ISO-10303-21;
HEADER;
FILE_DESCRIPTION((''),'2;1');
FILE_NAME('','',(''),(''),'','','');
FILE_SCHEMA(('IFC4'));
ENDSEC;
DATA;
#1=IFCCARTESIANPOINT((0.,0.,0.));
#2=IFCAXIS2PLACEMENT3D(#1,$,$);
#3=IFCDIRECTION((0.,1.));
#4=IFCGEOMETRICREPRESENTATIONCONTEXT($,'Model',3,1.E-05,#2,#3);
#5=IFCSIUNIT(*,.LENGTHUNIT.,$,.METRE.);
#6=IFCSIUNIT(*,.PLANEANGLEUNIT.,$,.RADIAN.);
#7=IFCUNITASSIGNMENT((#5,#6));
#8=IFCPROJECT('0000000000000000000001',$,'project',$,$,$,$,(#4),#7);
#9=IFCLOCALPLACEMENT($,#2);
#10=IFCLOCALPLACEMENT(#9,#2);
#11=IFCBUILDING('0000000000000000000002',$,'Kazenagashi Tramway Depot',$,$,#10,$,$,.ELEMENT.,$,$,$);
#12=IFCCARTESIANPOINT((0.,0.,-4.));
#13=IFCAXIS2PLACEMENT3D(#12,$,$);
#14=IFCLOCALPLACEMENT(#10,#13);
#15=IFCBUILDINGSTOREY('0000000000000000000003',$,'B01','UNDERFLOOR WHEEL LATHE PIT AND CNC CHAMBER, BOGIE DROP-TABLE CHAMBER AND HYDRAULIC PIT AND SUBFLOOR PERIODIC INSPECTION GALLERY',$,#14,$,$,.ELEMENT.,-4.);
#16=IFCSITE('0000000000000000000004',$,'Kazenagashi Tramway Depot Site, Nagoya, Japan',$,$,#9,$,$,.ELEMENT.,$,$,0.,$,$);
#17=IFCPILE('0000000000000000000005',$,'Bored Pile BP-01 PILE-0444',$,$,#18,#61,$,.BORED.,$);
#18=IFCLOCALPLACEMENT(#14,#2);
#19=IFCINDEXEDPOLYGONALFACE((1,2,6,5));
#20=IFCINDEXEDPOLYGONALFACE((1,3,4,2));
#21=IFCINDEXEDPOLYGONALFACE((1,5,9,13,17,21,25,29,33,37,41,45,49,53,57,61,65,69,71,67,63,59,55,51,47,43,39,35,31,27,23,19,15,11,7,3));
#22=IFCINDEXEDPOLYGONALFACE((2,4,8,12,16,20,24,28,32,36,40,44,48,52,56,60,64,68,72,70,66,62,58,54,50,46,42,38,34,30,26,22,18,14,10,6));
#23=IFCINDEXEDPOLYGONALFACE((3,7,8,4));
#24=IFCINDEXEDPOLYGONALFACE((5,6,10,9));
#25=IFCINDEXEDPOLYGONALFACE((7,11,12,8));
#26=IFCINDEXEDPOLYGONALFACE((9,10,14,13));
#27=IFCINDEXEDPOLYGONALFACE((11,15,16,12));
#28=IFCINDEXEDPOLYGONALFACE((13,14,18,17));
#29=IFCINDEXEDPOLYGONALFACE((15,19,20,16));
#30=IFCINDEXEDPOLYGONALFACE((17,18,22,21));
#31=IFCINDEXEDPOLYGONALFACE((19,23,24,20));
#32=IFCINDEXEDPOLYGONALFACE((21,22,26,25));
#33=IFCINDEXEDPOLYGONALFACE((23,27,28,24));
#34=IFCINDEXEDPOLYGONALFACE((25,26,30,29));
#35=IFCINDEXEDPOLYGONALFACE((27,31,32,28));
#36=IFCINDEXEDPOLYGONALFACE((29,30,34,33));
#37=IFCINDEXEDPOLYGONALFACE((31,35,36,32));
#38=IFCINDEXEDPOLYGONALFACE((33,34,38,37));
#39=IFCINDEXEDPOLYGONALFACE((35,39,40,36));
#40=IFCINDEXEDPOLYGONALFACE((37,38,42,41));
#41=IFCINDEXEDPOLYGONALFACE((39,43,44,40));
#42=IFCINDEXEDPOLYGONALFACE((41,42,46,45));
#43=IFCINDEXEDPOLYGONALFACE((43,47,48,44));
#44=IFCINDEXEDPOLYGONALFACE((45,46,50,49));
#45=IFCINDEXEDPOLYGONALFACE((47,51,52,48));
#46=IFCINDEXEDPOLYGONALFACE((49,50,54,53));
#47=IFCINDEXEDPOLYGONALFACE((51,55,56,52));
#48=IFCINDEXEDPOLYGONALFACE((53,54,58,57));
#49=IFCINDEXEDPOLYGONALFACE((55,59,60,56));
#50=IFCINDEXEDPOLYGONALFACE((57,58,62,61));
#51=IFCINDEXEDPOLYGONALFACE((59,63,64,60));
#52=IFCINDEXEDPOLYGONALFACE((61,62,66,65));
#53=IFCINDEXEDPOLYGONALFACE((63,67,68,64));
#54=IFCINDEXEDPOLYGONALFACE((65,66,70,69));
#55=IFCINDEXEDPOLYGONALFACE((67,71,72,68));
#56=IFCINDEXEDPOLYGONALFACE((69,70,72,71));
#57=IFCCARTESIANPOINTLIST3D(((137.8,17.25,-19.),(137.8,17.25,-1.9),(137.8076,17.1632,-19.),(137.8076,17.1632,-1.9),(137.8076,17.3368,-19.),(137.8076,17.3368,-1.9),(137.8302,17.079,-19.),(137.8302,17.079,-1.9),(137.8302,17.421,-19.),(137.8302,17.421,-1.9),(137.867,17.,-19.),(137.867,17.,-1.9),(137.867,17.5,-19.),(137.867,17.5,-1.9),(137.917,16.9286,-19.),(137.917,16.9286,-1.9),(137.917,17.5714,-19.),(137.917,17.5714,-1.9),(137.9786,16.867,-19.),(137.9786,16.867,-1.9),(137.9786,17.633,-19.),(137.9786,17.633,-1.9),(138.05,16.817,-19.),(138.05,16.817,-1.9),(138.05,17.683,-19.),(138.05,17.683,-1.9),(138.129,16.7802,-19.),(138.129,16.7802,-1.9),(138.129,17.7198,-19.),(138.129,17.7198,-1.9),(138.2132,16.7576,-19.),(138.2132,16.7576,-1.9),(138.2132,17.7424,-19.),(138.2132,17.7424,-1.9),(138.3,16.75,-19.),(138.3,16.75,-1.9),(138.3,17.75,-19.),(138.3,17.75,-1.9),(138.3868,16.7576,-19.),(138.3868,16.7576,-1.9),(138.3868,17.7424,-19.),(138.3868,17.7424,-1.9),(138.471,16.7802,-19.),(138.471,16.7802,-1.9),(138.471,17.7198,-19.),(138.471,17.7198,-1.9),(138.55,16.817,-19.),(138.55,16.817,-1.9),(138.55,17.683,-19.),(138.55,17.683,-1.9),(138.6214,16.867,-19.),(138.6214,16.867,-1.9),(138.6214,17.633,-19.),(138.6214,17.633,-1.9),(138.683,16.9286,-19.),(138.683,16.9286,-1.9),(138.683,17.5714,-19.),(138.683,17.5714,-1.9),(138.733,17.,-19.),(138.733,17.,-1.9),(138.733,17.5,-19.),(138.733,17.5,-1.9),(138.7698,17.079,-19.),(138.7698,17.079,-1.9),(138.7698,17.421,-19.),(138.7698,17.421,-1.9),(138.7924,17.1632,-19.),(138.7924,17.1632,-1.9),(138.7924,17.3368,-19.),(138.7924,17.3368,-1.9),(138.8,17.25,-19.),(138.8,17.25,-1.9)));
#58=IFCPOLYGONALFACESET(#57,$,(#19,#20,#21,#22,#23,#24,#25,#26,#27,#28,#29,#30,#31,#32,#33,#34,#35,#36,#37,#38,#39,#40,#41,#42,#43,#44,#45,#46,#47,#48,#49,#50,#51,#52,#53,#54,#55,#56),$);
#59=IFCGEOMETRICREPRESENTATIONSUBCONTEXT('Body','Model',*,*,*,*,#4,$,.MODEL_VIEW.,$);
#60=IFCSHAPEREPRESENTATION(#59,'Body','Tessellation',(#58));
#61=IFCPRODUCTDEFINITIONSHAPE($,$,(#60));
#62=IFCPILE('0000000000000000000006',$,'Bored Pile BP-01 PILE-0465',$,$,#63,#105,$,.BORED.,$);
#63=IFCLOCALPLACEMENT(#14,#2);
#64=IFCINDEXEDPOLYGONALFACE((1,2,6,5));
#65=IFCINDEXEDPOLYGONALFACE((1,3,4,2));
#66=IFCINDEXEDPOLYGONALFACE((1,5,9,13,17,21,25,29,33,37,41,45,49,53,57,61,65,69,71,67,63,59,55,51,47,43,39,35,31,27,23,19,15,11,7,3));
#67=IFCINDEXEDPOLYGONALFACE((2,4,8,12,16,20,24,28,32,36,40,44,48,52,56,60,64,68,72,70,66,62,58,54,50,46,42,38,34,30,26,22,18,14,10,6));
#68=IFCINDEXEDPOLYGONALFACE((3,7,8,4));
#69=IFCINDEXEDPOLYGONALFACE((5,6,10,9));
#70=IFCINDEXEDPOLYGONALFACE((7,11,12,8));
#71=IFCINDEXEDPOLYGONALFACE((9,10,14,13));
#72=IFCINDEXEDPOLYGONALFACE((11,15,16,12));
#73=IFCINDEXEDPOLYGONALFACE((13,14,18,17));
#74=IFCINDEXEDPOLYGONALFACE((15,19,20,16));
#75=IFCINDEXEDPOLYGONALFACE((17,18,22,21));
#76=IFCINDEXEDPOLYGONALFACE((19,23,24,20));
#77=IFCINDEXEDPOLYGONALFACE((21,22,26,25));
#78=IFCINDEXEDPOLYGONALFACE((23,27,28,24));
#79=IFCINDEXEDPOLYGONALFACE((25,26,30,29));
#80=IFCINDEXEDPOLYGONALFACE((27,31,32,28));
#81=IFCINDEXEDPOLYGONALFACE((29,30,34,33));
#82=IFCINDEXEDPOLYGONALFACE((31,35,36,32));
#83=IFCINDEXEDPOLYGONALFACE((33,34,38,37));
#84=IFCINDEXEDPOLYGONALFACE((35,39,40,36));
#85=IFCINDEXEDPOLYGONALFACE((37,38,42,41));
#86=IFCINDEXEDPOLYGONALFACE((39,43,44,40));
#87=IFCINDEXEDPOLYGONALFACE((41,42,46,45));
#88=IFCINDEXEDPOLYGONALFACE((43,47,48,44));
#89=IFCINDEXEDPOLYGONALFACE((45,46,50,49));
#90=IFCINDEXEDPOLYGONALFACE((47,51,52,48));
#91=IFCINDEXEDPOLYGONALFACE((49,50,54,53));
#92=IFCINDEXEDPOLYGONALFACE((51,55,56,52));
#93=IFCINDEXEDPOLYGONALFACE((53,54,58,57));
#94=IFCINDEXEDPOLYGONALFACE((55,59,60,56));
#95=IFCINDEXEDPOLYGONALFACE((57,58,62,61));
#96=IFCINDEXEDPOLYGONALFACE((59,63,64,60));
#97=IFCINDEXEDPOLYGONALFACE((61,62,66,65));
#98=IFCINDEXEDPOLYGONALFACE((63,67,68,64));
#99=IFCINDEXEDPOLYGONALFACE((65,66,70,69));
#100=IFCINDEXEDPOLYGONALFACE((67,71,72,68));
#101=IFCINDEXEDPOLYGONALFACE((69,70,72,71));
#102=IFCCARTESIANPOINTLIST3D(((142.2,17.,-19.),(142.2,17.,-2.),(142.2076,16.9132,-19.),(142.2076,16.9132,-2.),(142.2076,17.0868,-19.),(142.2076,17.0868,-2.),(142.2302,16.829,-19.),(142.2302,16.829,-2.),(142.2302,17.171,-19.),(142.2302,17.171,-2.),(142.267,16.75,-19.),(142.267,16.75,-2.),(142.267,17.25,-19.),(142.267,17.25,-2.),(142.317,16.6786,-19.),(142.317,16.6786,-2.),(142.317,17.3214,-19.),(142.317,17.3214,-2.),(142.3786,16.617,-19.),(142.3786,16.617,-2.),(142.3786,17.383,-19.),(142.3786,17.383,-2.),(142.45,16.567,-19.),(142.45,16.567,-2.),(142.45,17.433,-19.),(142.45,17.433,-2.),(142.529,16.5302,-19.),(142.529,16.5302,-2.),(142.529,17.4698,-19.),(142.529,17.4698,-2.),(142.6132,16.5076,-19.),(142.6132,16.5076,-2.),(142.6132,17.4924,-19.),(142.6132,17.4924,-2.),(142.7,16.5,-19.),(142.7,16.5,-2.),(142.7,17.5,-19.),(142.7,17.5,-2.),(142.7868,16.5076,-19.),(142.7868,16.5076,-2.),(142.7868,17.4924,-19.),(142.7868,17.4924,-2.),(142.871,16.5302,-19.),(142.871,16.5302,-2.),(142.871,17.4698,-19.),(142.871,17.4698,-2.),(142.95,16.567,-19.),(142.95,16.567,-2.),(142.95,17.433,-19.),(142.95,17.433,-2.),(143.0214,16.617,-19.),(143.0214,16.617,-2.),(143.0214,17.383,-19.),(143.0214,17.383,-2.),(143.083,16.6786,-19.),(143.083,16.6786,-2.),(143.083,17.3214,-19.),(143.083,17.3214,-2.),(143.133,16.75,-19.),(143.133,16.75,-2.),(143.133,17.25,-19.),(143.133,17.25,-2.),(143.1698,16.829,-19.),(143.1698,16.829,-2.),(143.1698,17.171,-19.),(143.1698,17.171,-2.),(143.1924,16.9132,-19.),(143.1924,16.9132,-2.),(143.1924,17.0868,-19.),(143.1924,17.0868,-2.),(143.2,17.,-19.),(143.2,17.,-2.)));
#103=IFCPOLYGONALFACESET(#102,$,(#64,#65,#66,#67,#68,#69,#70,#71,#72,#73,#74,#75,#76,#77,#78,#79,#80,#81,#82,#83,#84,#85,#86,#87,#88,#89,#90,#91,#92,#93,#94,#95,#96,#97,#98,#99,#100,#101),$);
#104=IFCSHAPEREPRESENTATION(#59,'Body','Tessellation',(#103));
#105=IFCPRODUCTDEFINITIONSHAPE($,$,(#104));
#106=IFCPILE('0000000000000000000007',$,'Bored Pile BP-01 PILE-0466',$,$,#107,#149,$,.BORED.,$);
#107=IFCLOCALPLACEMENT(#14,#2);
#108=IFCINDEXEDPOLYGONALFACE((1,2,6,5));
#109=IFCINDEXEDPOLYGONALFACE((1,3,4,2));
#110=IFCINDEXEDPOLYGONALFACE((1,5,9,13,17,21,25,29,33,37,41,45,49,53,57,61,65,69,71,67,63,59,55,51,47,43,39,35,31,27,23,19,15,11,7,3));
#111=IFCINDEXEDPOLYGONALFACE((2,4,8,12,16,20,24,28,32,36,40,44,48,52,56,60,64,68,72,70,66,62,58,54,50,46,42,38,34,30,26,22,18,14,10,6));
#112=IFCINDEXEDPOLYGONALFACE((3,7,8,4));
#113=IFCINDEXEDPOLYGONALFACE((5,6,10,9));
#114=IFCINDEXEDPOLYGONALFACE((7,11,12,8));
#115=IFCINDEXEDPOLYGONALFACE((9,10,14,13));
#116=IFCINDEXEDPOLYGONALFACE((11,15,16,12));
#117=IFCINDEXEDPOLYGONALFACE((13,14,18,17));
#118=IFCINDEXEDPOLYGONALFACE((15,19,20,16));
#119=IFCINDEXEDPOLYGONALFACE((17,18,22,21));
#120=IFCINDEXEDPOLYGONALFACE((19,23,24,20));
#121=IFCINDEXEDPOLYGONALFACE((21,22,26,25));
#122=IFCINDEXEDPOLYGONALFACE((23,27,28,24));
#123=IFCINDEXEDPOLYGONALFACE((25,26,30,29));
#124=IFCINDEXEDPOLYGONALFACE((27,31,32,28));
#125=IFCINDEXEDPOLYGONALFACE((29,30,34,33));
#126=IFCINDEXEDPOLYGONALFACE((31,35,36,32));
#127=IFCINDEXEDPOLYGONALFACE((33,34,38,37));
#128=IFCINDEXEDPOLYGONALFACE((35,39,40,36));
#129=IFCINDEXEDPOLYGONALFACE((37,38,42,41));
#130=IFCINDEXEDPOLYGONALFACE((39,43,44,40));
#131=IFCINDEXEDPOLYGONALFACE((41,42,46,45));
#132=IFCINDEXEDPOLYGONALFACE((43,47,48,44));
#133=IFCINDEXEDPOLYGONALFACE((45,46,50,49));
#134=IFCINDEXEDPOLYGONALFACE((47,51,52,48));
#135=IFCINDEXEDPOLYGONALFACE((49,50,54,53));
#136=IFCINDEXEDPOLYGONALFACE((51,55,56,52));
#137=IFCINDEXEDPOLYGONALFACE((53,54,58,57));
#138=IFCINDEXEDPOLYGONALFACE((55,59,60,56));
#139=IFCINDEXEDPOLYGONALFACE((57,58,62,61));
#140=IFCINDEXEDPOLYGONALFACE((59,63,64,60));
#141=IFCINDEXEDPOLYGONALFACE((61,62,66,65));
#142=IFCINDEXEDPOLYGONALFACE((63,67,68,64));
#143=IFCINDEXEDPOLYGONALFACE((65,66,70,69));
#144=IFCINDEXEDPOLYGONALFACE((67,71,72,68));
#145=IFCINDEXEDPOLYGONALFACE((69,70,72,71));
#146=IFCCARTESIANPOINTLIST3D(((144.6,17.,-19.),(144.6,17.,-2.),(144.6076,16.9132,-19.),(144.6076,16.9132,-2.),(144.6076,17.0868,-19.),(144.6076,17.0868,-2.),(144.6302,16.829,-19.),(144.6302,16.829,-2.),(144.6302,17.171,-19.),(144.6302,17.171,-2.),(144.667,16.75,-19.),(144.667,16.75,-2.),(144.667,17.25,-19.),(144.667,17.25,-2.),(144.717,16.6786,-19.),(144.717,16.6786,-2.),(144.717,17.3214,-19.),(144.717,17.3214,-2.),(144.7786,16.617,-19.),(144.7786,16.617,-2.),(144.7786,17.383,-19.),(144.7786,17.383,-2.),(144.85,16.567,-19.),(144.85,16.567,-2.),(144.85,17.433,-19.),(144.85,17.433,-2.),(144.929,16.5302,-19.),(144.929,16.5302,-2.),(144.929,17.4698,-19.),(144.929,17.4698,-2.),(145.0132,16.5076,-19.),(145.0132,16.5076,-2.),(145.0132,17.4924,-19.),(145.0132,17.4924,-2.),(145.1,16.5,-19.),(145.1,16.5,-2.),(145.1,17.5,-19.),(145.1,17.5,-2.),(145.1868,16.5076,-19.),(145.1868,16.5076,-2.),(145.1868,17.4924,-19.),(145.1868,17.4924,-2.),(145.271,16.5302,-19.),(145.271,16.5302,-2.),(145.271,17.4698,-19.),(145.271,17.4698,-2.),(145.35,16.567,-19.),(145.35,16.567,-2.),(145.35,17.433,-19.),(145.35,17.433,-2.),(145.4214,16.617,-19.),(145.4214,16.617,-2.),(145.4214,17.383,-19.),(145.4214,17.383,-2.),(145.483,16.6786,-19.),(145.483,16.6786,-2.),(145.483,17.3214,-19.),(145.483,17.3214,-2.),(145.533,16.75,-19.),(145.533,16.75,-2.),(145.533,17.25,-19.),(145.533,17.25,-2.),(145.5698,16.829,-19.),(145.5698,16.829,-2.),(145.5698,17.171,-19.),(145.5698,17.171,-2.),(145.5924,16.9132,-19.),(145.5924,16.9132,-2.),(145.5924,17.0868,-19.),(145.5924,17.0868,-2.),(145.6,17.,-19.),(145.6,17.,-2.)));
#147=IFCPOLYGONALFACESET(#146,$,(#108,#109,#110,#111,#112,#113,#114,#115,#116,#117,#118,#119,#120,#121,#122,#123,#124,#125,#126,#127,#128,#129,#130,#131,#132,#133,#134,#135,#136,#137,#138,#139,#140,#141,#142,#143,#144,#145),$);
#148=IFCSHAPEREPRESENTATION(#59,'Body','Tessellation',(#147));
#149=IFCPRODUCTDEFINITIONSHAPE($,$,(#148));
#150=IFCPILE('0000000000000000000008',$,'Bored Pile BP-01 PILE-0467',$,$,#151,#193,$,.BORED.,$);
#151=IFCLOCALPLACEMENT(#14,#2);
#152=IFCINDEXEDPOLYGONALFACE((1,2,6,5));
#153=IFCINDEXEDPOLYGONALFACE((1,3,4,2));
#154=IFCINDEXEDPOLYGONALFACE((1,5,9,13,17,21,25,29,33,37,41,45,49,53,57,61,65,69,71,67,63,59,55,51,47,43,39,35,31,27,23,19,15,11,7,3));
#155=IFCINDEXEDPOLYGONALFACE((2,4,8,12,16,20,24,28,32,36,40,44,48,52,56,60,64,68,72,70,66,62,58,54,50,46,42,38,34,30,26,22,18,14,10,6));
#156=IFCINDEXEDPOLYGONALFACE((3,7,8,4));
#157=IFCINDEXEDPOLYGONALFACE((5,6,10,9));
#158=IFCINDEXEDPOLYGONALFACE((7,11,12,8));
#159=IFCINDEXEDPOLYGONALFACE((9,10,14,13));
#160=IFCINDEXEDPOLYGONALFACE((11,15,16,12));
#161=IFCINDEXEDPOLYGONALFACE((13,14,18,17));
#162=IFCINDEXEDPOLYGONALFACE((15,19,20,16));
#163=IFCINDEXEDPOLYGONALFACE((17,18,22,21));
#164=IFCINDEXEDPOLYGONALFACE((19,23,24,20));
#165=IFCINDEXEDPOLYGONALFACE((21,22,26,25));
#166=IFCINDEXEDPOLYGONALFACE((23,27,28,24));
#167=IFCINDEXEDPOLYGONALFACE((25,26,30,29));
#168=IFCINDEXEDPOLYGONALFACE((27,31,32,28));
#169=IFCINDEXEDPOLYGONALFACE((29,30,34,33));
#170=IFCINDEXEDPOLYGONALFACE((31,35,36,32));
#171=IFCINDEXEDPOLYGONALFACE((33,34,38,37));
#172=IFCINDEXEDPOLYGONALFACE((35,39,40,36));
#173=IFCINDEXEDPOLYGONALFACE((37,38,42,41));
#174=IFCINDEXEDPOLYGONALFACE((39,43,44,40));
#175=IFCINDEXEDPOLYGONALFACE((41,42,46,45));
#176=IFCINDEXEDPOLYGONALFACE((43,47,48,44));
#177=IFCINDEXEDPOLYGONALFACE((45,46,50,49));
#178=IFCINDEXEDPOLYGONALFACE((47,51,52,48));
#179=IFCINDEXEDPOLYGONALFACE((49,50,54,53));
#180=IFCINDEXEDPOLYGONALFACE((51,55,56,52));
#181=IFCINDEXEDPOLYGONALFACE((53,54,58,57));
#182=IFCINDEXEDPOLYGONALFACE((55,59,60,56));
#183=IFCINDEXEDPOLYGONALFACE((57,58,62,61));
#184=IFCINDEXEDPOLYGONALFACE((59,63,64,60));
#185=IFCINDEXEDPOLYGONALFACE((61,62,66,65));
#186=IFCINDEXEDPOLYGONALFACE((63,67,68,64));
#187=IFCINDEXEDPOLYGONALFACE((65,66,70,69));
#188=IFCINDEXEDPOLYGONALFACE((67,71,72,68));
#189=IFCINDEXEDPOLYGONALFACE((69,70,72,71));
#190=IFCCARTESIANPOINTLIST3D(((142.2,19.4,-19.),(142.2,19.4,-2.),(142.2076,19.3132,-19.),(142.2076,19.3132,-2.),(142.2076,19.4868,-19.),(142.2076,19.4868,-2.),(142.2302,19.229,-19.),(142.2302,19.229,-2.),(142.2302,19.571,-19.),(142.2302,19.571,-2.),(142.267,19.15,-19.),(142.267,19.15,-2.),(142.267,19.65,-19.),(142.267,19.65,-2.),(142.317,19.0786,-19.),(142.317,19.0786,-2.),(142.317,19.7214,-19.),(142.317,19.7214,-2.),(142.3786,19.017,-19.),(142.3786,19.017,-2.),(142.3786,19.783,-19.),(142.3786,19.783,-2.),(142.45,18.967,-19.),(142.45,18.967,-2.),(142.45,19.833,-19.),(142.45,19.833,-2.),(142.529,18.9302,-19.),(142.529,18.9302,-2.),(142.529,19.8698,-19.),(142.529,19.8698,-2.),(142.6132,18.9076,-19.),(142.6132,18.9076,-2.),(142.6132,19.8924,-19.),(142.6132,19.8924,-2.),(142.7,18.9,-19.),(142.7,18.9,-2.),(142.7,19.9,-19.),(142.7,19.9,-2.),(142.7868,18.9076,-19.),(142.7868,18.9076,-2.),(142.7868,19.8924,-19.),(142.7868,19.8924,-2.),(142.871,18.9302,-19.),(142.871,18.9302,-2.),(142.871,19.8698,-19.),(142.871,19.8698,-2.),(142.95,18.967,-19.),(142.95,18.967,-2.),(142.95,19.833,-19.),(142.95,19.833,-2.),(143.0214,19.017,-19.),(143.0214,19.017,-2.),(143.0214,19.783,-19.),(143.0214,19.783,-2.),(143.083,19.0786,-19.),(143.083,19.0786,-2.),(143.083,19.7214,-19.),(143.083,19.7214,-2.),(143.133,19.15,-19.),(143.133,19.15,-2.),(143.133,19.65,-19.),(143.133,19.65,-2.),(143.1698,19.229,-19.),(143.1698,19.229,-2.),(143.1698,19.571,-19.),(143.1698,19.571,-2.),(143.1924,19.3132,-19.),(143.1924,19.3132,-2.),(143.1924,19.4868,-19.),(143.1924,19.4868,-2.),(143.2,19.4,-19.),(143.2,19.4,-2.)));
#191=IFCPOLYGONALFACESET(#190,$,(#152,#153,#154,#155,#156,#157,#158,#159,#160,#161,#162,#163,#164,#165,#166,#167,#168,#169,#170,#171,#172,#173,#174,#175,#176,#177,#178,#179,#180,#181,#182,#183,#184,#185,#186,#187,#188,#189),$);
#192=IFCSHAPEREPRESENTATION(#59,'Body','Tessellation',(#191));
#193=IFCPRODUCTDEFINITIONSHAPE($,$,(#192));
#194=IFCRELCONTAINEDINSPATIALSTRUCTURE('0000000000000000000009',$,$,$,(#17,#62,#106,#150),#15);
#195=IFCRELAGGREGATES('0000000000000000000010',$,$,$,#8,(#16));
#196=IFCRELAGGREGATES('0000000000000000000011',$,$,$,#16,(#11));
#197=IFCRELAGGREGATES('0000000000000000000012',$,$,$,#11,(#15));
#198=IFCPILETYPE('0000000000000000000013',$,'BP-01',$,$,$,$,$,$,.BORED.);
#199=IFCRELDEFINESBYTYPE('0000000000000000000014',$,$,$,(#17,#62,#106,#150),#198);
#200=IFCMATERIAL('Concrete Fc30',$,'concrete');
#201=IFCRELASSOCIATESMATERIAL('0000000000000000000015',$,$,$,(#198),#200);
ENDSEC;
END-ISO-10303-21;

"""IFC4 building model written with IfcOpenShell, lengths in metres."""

from ifc_helpers import new_model, si_unit, direction, frame, origin, origin_2d, place, context, subcontext, project, spatial, circle, extrude, material, material_profile, profile_set, type_object, element, save


model = new_model("IFC4")

# Units and contexts
model_context = context("Model", 3, precision=1e-05, world=origin(), true_north=direction((0.0, 1.0)))
body_context = subcontext(model_context, "Body", "Model", "MODEL_VIEW")
ifc_project = project(units=[si_unit("LENGTHUNIT", "METRE"), si_unit("PLANEANGLEUNIT", "RADIAN")], contexts=[model_context])

# Site, building, storey
site_placement = place(None, origin())
site = spatial("IfcSite", under=ifc_project, at=site_placement, Name="Kazenagashi Tramway Depot Site, Nagoya, Japan", CompositionType="ELEMENT", RefElevation=0.0)
building_placement = place(site_placement, origin())
building = spatial("IfcBuilding", under=site, at=building_placement, Name="Kazenagashi Tramway Depot", CompositionType="ELEMENT")
storey_placement = place(building_placement, frame((0.0, 0.0, -4.0)))
storey = spatial("IfcBuildingStorey", under=building, at=storey_placement, Name="B01", Description="UNDERFLOOR WHEEL LATHE PIT AND CNC CHAMBER, BOGIE DROP-TABLE CHAMBER AND HYDRAULIC PIT AND SUBFLOOR PERIODIC INSPECTION GALLERY", CompositionType="ELEMENT", Elevation=-4.0)

# Piles
ifc_material_1 = material(Name="Concrete Fc30", Category="concrete")
ifc_material_profile_1 = material_profile(ifc_material_1, circle(Radius=0.5, at=origin_2d()), Name="PILE-1000")
ifc_profile_set_1 = profile_set([ifc_material_profile_1], Name="Concrete Fc30")
pile_type_1 = type_object("IfcPileType", Name="BP-01", PredefinedType="BORED", material=ifc_profile_set_1)
pile_placement = place(storey_placement, frame((138.3, 17.25, -1.9), z_axis=(0.0, 0.0, -1.0), x_axis=(1.0, 0.0, 0.0)))
element("IfcPile", 1, at=pile_placement, inside=storey, type_object=pile_type_1, Name="Bored Pile BP-01 PILE-0444", PredefinedType="BORED", context=body_context, shape_type="SweptSolid", body=[
    extrude(circle(Radius=0.5, at=origin_2d()), origin(), (0.0, 0.0, 1.0), 17.1),
])
for number, where, z_axis, x_axis, name in (
    (2, (142.7, 17.0, -2.0), (0.0, 0.0, -1.0), (1.0, 0.0, 0.0), "Bored Pile BP-01 PILE-0465"),
    (3, (145.1, 17.0, -2.0), (0.0, 0.0, -1.0), (1.0, 0.0, 0.0), "Bored Pile BP-01 PILE-0466"),
    (4, (142.7, 19.4, -2.0), (0.0, 0.0, -1.0), (1.0, 0.0, 0.0), "Bored Pile BP-01 PILE-0467"),
):
    element("IfcPile", number, at=place(storey_placement, frame(where, z_axis=z_axis, x_axis=x_axis)), inside=storey, type_object=pile_type_1, Name=name, PredefinedType="BORED", context=body_context, shape_type="SweptSolid", body=[
        extrude(circle(Radius=0.5, at=origin_2d()), origin(), (0.0, 0.0, 1.0), 17.0),
    ])

save(model, "model.ifc")
